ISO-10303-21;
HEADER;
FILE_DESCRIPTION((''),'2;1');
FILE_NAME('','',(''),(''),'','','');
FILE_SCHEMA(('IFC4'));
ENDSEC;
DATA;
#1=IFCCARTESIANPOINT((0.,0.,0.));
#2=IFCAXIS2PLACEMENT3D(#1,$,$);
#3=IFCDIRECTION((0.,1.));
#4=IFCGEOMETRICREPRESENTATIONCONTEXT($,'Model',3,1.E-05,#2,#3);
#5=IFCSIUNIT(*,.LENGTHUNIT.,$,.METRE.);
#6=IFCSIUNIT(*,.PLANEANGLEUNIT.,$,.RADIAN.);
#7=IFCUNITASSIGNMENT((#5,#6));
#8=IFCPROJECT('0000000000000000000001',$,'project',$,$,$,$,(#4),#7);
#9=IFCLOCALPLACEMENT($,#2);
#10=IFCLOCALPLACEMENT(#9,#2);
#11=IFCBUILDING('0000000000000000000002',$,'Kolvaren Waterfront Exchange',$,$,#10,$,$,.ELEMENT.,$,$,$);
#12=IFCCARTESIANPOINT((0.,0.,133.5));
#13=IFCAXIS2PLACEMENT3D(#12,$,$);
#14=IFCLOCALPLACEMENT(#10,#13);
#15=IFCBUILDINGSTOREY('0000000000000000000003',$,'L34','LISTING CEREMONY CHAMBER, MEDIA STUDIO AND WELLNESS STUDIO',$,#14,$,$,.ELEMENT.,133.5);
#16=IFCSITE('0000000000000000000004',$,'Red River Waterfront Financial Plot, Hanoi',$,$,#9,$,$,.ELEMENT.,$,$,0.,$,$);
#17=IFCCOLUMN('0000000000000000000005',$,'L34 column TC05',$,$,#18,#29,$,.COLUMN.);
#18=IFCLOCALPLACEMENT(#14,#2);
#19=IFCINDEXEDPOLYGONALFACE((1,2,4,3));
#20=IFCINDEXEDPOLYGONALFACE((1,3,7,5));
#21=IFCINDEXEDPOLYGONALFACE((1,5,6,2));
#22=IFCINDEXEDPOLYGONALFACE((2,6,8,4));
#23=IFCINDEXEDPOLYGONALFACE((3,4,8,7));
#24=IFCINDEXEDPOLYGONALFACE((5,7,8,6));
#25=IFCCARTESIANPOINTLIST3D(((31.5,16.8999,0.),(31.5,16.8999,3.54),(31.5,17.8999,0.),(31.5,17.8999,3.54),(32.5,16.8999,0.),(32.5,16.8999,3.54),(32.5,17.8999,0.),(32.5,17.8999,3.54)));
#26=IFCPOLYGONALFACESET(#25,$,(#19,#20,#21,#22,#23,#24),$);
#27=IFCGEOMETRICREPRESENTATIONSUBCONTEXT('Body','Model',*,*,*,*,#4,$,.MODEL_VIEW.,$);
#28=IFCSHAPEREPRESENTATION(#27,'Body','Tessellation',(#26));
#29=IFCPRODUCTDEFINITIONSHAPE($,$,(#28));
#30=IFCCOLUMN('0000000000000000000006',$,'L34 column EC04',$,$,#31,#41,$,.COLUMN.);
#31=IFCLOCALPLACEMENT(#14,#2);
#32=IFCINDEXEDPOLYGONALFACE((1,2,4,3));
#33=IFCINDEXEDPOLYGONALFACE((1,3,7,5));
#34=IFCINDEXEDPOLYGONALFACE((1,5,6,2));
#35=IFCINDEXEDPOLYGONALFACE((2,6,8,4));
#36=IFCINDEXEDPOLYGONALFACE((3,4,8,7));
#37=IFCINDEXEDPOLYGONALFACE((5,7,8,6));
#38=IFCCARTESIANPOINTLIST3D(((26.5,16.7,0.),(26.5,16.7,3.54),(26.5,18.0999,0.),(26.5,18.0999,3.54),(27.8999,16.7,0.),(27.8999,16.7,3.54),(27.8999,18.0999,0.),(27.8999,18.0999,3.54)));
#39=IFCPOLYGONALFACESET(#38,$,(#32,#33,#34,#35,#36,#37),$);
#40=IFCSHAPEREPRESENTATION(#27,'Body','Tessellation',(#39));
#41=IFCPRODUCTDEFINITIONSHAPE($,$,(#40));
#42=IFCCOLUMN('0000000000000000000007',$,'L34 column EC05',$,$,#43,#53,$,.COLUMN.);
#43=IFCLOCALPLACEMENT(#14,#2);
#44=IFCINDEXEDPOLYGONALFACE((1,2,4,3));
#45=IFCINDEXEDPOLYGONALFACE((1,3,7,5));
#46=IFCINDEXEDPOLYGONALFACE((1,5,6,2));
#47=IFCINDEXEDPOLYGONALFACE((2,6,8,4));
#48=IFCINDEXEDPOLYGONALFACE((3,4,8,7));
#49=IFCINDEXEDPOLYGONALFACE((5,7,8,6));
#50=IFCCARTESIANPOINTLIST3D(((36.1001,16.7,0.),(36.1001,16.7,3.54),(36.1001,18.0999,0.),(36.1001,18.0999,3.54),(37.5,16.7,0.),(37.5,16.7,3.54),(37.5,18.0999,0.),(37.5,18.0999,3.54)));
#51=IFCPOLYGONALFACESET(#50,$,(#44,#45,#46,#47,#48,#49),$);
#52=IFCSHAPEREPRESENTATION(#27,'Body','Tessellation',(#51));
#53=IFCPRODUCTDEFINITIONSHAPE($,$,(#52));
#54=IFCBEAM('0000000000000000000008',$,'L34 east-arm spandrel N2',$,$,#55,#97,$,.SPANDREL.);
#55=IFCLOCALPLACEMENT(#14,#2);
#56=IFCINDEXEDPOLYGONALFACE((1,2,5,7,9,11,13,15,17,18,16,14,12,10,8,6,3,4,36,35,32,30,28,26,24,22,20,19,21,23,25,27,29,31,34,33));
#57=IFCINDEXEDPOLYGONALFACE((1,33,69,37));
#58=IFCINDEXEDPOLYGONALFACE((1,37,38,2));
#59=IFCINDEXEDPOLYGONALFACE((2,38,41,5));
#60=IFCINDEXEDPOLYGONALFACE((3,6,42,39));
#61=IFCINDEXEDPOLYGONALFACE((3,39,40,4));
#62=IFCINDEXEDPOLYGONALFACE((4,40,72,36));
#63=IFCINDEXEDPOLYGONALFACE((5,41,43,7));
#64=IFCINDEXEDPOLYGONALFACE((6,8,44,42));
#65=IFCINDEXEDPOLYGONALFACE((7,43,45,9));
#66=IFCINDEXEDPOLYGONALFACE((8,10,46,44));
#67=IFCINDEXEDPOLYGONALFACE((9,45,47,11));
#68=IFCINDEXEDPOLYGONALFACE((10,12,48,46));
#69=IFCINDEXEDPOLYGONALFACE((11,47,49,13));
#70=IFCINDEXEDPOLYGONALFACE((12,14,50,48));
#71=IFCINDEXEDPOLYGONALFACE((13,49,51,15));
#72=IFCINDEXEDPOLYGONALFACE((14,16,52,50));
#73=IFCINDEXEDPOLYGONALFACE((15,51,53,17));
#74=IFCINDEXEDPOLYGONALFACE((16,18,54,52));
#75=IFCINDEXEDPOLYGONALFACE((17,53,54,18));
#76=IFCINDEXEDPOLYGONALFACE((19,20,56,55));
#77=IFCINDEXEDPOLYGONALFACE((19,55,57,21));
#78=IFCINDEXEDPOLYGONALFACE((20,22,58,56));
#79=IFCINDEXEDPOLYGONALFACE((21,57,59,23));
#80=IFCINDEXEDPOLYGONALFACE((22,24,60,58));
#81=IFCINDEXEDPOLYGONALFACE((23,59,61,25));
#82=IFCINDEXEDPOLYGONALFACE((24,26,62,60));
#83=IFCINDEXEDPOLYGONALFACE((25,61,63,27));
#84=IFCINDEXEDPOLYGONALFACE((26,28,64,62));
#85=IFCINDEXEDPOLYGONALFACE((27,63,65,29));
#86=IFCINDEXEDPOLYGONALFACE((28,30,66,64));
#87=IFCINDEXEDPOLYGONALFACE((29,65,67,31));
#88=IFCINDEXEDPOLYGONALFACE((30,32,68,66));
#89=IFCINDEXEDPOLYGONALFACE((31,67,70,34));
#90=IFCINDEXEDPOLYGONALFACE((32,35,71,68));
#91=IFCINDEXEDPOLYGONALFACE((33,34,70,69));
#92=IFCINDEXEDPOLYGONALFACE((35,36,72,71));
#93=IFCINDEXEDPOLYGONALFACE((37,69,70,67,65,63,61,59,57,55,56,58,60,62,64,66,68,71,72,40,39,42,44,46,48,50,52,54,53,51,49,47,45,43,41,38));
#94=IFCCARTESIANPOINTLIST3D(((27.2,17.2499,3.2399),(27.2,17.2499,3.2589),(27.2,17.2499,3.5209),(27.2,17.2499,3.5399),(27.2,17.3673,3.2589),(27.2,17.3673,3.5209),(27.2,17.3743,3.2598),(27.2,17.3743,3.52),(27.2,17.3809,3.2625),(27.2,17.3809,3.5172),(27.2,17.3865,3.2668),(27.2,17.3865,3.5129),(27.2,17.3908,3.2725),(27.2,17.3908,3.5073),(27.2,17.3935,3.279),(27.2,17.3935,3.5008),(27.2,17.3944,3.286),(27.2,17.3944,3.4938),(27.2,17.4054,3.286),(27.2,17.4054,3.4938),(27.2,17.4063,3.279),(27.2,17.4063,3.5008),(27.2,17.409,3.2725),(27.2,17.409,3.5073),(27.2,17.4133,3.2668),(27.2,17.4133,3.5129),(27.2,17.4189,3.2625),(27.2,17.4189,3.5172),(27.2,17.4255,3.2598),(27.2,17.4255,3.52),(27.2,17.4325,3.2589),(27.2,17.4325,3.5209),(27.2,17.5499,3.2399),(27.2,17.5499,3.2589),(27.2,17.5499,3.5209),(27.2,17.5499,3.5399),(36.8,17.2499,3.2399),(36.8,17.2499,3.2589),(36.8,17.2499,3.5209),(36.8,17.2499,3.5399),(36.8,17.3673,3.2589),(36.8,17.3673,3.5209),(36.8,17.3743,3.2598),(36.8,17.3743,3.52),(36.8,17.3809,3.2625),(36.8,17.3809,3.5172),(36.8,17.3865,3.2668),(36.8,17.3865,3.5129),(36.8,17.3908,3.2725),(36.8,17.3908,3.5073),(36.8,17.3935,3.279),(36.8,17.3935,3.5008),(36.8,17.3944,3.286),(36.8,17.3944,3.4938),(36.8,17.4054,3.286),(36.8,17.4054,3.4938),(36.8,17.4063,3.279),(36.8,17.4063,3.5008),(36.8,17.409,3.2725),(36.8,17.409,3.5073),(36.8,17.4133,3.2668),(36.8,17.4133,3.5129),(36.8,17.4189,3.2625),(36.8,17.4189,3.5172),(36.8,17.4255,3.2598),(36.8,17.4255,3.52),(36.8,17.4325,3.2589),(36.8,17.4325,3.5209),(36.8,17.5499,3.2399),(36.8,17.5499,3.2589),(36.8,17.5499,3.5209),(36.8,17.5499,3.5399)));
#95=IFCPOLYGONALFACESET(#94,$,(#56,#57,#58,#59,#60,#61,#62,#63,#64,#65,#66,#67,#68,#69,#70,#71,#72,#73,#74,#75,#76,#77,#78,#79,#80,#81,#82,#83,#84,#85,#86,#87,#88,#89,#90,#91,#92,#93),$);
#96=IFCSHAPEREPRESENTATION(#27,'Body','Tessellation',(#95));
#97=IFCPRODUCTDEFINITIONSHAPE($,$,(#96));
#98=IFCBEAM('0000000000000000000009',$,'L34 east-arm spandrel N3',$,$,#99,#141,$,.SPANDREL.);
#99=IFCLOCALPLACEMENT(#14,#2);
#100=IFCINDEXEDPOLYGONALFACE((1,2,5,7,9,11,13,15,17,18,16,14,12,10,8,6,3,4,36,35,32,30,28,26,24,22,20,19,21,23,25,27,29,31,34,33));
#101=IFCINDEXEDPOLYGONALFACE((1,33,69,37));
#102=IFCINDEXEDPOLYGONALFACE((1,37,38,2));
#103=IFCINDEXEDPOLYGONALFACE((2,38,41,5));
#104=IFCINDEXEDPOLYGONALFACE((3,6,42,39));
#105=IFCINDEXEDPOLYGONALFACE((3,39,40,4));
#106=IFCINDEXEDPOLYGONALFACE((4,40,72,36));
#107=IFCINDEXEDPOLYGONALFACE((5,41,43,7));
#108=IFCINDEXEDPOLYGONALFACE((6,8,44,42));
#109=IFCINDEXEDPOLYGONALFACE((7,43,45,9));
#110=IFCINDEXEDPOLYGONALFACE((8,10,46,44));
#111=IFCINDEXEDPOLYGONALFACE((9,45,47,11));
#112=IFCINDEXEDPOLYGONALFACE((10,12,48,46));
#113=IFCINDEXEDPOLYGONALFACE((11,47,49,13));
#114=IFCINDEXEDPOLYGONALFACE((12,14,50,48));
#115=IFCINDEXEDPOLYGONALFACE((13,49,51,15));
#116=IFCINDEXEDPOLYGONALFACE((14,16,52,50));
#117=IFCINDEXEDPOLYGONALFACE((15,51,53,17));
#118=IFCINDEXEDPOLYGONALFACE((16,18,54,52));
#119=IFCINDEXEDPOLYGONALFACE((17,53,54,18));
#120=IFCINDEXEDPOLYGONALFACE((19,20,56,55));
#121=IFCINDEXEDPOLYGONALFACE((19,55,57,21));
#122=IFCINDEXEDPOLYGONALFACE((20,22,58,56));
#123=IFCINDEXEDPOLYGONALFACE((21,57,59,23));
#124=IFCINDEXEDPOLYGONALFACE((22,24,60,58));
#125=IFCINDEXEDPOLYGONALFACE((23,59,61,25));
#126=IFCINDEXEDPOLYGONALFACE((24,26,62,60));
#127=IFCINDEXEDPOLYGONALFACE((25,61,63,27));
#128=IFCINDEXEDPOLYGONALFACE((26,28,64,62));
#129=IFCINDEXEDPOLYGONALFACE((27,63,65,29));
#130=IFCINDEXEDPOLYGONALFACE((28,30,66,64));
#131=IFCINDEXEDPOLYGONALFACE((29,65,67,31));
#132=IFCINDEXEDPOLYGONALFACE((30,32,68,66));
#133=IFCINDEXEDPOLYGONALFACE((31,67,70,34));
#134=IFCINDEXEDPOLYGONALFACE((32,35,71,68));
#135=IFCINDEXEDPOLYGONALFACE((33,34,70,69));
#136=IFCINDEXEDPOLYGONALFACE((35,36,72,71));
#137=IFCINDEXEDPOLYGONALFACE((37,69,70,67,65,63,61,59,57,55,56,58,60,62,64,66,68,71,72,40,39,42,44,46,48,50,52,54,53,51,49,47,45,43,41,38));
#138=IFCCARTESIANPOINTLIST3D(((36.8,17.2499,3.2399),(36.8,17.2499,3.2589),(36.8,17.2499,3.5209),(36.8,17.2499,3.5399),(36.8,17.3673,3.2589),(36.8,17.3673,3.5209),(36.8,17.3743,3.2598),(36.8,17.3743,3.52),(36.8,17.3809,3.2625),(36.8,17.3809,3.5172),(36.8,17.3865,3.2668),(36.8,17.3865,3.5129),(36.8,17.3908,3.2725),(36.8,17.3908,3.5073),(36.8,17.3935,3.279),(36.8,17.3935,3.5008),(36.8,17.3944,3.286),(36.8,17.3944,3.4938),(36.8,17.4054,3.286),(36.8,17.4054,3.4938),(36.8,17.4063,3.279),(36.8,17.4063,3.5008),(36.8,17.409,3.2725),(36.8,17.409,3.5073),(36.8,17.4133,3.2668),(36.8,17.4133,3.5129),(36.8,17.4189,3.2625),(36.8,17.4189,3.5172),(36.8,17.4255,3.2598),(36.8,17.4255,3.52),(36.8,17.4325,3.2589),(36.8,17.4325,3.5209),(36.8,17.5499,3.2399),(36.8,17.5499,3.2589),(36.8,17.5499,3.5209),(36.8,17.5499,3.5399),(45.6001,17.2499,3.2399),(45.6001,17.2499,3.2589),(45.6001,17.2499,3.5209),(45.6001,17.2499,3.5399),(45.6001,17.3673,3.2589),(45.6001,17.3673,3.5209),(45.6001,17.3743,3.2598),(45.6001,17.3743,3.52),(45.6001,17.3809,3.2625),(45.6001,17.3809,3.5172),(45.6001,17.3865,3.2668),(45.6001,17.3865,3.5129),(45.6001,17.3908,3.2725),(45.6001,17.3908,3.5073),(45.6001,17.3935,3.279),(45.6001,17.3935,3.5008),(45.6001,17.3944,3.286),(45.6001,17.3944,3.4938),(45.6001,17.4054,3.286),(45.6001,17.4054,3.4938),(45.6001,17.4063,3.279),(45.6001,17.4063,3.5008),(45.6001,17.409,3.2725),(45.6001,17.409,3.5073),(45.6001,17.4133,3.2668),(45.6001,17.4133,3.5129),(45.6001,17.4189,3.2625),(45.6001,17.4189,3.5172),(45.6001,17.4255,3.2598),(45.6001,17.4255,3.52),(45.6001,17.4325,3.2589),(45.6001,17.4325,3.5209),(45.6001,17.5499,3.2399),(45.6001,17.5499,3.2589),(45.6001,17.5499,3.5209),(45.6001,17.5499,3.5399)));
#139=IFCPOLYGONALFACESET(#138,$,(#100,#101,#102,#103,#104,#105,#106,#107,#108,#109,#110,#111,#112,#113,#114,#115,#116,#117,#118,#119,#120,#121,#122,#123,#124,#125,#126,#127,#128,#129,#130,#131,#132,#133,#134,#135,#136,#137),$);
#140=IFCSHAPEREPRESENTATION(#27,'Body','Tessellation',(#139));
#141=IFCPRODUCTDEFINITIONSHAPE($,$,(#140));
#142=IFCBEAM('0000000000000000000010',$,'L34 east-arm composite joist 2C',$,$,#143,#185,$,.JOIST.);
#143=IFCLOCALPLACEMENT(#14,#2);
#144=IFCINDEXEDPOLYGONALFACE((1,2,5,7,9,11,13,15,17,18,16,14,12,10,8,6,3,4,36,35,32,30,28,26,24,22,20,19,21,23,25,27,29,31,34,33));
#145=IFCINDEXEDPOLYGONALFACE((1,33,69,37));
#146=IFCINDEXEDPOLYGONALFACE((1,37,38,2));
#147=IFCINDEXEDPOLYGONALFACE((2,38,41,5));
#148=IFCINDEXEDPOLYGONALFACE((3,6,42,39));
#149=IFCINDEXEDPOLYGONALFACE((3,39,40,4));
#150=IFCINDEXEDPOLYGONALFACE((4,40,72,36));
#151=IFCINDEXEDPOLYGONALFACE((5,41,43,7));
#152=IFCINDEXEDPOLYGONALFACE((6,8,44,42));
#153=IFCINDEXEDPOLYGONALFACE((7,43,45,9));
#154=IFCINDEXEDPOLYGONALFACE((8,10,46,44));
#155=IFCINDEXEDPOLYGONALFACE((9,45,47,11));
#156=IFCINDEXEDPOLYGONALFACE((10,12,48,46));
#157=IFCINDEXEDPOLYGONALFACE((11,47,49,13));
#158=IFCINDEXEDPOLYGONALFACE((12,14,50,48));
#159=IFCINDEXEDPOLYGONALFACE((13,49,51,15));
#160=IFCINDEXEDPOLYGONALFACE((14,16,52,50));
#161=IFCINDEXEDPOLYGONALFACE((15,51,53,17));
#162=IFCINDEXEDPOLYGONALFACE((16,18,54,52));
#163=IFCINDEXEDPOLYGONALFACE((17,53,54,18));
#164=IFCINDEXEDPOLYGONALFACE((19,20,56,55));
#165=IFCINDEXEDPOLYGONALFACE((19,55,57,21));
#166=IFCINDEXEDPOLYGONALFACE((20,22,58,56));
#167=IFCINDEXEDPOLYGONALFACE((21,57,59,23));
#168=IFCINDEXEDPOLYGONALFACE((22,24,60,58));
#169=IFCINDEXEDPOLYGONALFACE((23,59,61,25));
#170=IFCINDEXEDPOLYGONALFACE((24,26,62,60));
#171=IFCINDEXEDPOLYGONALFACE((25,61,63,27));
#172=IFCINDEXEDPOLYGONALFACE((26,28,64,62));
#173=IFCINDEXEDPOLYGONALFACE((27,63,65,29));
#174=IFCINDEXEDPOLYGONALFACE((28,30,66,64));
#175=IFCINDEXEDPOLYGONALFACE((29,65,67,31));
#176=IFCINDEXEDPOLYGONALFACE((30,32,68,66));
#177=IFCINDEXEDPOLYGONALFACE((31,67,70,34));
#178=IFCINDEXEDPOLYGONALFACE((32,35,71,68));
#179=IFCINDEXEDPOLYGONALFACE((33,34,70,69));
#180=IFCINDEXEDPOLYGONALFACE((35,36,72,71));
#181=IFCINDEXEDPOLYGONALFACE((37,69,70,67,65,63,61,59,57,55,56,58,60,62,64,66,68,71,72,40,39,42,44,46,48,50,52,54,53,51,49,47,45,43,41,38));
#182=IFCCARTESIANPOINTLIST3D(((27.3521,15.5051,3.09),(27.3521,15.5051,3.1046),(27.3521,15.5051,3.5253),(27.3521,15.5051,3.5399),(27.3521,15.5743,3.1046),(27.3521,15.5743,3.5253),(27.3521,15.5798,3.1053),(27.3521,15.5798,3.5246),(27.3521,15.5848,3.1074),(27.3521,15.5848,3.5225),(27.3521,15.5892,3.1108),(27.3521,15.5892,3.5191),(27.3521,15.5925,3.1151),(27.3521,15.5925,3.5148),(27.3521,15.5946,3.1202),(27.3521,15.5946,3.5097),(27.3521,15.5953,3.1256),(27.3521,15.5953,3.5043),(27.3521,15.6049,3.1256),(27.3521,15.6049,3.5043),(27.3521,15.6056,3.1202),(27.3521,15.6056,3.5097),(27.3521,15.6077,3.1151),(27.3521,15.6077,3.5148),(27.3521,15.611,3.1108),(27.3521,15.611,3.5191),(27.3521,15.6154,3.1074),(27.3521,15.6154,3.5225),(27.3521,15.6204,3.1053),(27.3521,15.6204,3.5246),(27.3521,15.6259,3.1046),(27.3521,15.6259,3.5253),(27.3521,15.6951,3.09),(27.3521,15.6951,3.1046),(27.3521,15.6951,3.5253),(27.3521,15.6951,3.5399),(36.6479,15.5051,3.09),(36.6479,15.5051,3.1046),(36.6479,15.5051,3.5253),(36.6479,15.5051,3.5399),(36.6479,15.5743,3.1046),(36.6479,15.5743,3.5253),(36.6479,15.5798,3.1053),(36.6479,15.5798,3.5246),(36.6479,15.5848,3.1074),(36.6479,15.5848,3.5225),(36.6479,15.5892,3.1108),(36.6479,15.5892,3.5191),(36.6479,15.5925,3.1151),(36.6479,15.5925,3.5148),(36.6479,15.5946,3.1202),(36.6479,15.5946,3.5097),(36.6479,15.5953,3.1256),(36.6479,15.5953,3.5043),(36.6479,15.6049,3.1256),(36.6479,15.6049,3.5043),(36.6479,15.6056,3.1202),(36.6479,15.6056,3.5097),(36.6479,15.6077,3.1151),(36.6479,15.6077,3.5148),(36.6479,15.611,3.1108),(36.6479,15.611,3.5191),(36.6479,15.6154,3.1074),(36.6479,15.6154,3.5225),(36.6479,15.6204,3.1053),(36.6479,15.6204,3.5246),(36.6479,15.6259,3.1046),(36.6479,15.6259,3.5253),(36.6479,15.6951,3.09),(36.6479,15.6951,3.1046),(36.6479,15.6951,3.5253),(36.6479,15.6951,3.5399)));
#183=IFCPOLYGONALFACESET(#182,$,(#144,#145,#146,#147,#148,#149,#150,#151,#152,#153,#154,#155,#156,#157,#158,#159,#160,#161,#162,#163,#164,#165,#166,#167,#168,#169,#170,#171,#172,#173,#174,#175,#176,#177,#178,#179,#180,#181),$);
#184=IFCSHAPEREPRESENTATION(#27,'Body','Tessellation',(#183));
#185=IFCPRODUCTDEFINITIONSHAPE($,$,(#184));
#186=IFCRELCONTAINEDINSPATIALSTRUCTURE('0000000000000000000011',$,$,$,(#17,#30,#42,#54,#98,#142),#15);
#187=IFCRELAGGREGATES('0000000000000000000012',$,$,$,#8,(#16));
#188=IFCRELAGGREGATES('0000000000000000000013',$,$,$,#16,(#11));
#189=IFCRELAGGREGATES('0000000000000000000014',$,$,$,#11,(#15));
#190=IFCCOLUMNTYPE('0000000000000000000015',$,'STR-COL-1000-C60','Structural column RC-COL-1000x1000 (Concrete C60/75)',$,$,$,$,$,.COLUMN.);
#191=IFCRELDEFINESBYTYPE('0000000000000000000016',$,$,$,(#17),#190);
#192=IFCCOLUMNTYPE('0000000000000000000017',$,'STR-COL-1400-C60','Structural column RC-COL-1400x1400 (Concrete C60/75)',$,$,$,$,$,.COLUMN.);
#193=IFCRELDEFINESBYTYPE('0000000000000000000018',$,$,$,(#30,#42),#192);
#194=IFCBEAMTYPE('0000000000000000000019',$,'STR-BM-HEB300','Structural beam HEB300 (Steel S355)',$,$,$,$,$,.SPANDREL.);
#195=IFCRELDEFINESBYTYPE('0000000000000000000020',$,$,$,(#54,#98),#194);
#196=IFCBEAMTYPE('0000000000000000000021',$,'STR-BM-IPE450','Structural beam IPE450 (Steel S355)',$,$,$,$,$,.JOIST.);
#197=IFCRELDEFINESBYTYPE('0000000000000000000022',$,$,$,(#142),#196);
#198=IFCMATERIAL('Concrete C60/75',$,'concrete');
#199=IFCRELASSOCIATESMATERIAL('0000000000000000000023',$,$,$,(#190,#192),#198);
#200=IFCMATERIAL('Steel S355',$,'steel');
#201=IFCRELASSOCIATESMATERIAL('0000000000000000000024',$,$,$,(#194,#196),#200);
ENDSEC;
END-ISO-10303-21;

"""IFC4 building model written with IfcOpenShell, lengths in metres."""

from ifc_helpers import new_model, si_unit, direction, frame, origin, origin_2d, place, context, subcontext, project, spatial, rectangle, i_section, extrude, material, material_profile, profile_set, type_object, element, save


model = new_model("IFC4")

# Units and contexts
model_context = context("Model", 3, precision=1e-05, world=origin(), true_north=direction((0.0, 1.0)))
body_context = subcontext(model_context, "Body", "Model", "MODEL_VIEW")
ifc_project = project(units=[si_unit("LENGTHUNIT", "METRE"), si_unit("PLANEANGLEUNIT", "RADIAN")], contexts=[model_context])

# Site, building, storey
site_placement = place(None, origin())
site = spatial("IfcSite", under=ifc_project, at=site_placement, Name="Red River Waterfront Financial Plot, Hanoi", CompositionType="ELEMENT", RefElevation=0.0)
building_placement = place(site_placement, origin())
building = spatial("IfcBuilding", under=site, at=building_placement, Name="Kolvaren Waterfront Exchange", CompositionType="ELEMENT")
storey_placement = place(building_placement, frame((0.0, 0.0, 133.5)))
storey = spatial("IfcBuildingStorey", under=building, at=storey_placement, Name="L34", Description="LISTING CEREMONY CHAMBER, MEDIA STUDIO AND WELLNESS STUDIO", CompositionType="ELEMENT", Elevation=133.5)

# Columns
ifc_material_1 = material(Name="Concrete C60/75", Category="concrete")
ifc_material_profile_1 = material_profile(ifc_material_1, rectangle(XDim=1.0, YDim=1.0, at=origin_2d()), Name="RC-COL-1000x1000")
ifc_profile_set_1 = profile_set([ifc_material_profile_1], Name="Concrete C60/75")
column_type_1 = type_object("IfcColumnType", Name="STR-COL-1000-C60", Description="Structural column RC-COL-1000x1000 (Concrete C60/75)", PredefinedType="COLUMN", material=ifc_profile_set_1)
column_placement = place(storey_placement, frame((32.0, 17.3999, 0.0), z_axis=(0.0, 0.0, 1.0), x_axis=(1.0, 0.0, 0.0)))
element("IfcColumn", 1, at=column_placement, inside=storey, type_object=column_type_1, Name="L34 column TC05", PredefinedType="COLUMN", context=body_context, shape_type="SweptSolid", body=[
    extrude(rectangle(XDim=1.0, YDim=1.0, at=origin_2d()), origin(), (0.0, 0.0, 1.0), 3.54),
])
ifc_material_profile_2 = material_profile(ifc_material_1, rectangle(XDim=1.3999, YDim=1.3999, at=origin_2d()), Name="RC-COL-1400x1400")
ifc_profile_set_2 = profile_set([ifc_material_profile_2], Name="Concrete C60/75")
column_type_2 = type_object("IfcColumnType", Name="STR-COL-1400-C60", Description="Structural column RC-COL-1400x1400 (Concrete C60/75)", PredefinedType="COLUMN", material=ifc_profile_set_2)
for number, where, z_axis, x_axis, name in (
    (2, (27.2, 17.3999, 0.0), (0.0, 0.0, 1.0), (1.0, 0.0, 0.0), "L34 column EC04"),
    (3, (36.8, 17.3999, 0.0), (0.0, 0.0, 1.0), (1.0, 0.0, 0.0), "L34 column EC05"),
):
    element("IfcColumn", number, at=place(storey_placement, frame(where, z_axis=z_axis, x_axis=x_axis)), inside=storey, type_object=column_type_2, Name=name, PredefinedType="COLUMN", context=body_context, shape_type="SweptSolid", body=[
        extrude(rectangle(XDim=1.3999, YDim=1.3999, at=origin_2d()), origin(), (0.0, 0.0, 1.0), 3.54),
    ])

# Beams
ifc_material_2 = material(Name="Steel S355", Category="steel")
ifc_material_profile_3 = material_profile(ifc_material_2, i_section(OverallWidth=0.3, OverallDepth=0.3, WebThickness=0.011, FlangeThickness=0.019, FilletRadius=0.0271, at=origin_2d()), Name="HEB300")
ifc_profile_set_3 = profile_set([ifc_material_profile_3], Name="Steel S355")
beam_type_1 = type_object("IfcBeamType", Name="STR-BM-HEB300", Description="Structural beam HEB300 (Steel S355)", PredefinedType="SPANDREL", material=ifc_profile_set_3)
beam_1_placement = place(storey_placement, frame((27.2, 17.3999, 3.3899), z_axis=(1.0, 0.0, 0.0), x_axis=(0.0, 1.0, 0.0)))
element("IfcBeam", 4, at=beam_1_placement, inside=storey, type_object=beam_type_1, Name="L34 east-arm spandrel N2", PredefinedType="SPANDREL", context=body_context, shape_type="SweptSolid", body=[
    extrude(i_section(OverallWidth=0.3, OverallDepth=0.3, WebThickness=0.011, FlangeThickness=0.019, FilletRadius=0.0271, at=origin_2d()), origin(), (0.0, 0.0, 1.0), 9.6001),
])
beam_2_placement = place(storey_placement, frame((36.8, 17.3999, 3.3899), z_axis=(1.0, 0.0, 0.0), x_axis=(0.0, 1.0, 0.0)))
element("IfcBeam", 5, at=beam_2_placement, inside=storey, type_object=beam_type_1, Name="L34 east-arm spandrel N3", PredefinedType="SPANDREL", context=body_context, shape_type="SweptSolid", body=[
    extrude(i_section(OverallWidth=0.3, OverallDepth=0.3, WebThickness=0.011, FlangeThickness=0.019, FilletRadius=0.0271, at=origin_2d()), origin(), (0.0, 0.0, 1.0), 8.8),
])
ifc_material_profile_4 = material_profile(ifc_material_2, i_section(OverallWidth=0.1899, OverallDepth=0.45, WebThickness=0.0095, FlangeThickness=0.0146, FilletRadius=0.021, at=origin_2d()), Name="IPE450")
ifc_profile_set_4 = profile_set([ifc_material_profile_4], Name="Steel S355")
beam_type_2 = type_object("IfcBeamType", Name="STR-BM-IPE450", Description="Structural beam IPE450 (Steel S355)", PredefinedType="JOIST", material=ifc_profile_set_4)
beam_3_placement = place(storey_placement, frame((27.3521, 15.6001, 3.3149), z_axis=(1.0, 0.0, 0.0), x_axis=(0.0, 1.0, 0.0)))
element("IfcBeam", 6, at=beam_3_placement, inside=storey, type_object=beam_type_2, Name="L34 east-arm composite joist 2C", PredefinedType="JOIST", context=body_context, shape_type="SweptSolid", body=[
    extrude(i_section(OverallWidth=0.1899, OverallDepth=0.45, WebThickness=0.0095, FlangeThickness=0.0146, FilletRadius=0.021, at=origin_2d()), origin(), (0.0, 0.0, 1.0), 9.2959),
])

save(model, "model.ifc")
